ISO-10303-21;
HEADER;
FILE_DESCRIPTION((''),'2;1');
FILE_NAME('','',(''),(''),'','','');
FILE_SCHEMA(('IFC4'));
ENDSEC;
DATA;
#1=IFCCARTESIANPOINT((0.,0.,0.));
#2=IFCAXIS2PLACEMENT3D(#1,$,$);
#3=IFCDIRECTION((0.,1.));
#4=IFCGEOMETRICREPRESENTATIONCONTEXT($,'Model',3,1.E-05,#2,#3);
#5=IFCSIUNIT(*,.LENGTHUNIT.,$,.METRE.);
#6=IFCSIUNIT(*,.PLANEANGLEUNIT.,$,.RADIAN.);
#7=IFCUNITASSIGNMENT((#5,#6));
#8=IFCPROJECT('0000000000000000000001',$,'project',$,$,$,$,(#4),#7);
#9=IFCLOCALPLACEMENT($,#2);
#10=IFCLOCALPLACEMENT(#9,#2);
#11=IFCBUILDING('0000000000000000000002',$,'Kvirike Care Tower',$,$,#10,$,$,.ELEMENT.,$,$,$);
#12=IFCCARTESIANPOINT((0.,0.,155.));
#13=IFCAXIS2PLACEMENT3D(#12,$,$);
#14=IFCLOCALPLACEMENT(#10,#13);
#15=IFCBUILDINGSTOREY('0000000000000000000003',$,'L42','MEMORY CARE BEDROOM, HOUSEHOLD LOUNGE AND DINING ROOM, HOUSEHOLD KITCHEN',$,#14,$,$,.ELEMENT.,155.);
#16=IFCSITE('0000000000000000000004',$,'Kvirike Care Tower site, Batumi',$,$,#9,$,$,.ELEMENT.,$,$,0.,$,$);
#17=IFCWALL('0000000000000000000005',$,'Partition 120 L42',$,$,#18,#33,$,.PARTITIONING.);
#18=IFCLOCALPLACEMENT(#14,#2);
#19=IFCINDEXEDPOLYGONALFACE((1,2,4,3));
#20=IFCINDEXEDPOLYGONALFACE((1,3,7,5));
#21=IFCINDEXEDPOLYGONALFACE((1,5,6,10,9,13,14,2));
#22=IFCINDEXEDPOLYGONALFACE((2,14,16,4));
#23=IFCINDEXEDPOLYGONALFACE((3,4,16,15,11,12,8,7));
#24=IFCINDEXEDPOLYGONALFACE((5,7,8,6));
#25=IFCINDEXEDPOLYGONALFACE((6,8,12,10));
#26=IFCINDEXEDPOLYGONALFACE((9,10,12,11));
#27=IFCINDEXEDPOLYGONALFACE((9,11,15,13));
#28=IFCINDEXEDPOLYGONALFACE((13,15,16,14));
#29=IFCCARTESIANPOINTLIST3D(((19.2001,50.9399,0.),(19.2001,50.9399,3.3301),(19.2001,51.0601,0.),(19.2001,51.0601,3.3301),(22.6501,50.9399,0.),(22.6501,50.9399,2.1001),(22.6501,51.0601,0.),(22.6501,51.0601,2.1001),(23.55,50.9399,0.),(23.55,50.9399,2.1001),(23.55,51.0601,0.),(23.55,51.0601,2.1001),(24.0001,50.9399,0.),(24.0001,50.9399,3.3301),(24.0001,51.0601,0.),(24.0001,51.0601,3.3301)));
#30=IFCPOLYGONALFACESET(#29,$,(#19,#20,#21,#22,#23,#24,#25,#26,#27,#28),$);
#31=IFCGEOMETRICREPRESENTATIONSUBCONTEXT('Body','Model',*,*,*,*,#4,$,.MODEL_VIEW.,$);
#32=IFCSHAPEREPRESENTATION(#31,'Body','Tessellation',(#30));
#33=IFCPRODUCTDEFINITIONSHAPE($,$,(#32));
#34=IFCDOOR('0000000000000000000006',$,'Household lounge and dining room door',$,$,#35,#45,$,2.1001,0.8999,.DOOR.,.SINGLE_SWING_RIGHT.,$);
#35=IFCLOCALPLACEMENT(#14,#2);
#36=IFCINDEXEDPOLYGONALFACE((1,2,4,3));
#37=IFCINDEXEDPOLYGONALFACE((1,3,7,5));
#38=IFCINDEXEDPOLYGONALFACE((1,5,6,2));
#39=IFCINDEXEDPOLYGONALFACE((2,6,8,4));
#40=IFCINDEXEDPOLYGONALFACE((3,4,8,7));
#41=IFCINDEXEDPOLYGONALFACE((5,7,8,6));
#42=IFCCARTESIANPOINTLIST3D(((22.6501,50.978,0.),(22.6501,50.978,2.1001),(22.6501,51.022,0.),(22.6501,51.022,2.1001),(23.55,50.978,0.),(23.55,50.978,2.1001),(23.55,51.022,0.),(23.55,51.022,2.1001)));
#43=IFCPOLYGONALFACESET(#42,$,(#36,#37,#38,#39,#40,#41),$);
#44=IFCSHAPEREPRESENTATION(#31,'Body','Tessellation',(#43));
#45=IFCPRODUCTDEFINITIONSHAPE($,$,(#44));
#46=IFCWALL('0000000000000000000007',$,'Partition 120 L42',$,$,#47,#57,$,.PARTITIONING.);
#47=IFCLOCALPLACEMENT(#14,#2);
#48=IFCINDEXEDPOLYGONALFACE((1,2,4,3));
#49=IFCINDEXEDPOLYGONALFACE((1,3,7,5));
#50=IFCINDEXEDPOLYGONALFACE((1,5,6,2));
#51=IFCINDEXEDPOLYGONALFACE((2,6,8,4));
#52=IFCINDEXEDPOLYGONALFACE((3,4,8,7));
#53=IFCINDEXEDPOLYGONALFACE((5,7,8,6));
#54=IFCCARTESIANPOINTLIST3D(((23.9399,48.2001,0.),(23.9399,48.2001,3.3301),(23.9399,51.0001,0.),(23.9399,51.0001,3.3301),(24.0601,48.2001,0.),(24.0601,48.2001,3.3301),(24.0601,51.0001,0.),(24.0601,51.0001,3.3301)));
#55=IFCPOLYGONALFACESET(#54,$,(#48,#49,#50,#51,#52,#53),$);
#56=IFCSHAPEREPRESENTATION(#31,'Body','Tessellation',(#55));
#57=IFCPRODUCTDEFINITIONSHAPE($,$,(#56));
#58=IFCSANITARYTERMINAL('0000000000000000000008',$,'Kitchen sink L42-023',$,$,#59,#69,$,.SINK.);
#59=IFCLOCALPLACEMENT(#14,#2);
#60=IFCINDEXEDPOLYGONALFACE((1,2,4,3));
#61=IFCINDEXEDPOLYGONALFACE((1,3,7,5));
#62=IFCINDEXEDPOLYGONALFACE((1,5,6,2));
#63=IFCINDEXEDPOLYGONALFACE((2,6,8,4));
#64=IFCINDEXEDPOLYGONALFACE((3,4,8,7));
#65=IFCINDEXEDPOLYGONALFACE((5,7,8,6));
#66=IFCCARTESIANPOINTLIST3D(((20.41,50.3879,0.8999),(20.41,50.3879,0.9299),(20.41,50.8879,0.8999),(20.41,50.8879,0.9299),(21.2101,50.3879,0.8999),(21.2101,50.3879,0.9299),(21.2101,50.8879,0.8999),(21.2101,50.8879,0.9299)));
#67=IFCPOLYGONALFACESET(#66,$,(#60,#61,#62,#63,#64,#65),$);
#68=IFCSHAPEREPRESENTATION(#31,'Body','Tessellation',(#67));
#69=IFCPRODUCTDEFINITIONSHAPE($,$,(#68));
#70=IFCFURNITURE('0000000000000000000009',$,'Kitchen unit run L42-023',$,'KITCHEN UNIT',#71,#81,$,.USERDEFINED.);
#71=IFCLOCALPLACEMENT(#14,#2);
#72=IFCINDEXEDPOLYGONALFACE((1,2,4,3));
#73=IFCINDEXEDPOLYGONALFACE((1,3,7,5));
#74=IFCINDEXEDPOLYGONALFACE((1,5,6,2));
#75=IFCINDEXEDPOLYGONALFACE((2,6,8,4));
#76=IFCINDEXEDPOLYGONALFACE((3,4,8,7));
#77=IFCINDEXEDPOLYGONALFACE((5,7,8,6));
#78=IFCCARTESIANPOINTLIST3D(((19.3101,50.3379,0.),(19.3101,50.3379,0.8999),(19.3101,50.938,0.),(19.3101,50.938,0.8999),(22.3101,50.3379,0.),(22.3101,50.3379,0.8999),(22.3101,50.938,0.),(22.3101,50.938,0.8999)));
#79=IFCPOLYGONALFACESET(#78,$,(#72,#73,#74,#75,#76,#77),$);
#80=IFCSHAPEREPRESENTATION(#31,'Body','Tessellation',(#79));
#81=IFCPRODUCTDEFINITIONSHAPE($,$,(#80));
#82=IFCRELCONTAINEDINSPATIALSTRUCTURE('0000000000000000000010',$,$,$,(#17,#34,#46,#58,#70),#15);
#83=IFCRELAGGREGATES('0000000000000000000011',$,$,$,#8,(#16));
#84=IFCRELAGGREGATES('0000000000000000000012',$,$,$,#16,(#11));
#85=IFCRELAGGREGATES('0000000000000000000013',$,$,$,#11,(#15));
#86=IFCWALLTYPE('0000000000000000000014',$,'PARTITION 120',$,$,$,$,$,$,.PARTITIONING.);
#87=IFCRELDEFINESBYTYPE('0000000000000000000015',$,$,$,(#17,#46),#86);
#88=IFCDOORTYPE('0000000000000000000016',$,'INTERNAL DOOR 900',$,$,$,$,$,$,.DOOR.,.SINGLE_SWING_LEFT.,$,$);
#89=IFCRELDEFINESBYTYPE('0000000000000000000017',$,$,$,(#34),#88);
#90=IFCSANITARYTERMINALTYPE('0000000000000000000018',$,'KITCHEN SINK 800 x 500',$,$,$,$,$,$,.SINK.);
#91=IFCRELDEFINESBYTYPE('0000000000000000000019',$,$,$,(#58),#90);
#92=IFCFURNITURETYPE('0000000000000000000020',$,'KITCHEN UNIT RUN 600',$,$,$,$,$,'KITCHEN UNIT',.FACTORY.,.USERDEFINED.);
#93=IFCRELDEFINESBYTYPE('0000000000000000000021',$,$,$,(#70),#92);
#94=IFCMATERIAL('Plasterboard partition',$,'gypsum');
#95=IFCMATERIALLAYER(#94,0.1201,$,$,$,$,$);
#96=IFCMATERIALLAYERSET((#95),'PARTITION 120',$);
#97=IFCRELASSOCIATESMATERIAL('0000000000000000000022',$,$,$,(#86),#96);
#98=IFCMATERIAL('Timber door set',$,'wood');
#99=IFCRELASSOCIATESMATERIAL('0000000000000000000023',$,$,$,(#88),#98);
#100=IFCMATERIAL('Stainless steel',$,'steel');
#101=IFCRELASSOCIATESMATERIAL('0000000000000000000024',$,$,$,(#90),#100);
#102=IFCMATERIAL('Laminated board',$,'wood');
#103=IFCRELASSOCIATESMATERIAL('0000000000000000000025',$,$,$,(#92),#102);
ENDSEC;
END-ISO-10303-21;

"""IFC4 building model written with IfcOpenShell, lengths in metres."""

from ifc_helpers import new_model, si_unit, direction, frame, frame_2d, origin, origin_2d, place, context, subcontext, project, spatial, rectangle, extrude, material, layer, layer_set, type_object, element, fill, save


model = new_model("IFC4")

# Units and contexts
model_context = context("Model", 3, precision=1e-05, world=origin(), true_north=direction((0.0, 1.0)))
body_context = subcontext(model_context, "Body", "Model", "MODEL_VIEW")
ifc_project = project(units=[si_unit("LENGTHUNIT", "METRE"), si_unit("PLANEANGLEUNIT", "RADIAN")], contexts=[model_context])

# Site, building, storey
site_placement = place(None, origin())
site = spatial("IfcSite", under=ifc_project, at=site_placement, Name="Kvirike Care Tower site, Batumi", CompositionType="ELEMENT", RefElevation=0.0)
building_placement = place(site_placement, origin())
building = spatial("IfcBuilding", under=site, at=building_placement, Name="Kvirike Care Tower", CompositionType="ELEMENT")
storey_placement = place(building_placement, frame((0.0, 0.0, 155.0)))
storey = spatial("IfcBuildingStorey", under=building, at=storey_placement, Name="L42", Description="MEMORY CARE BEDROOM, HOUSEHOLD LOUNGE AND DINING ROOM, HOUSEHOLD KITCHEN", CompositionType="ELEMENT", Elevation=155.0)

# Wall, opening, door
ifc_material_1 = material(Name="Plasterboard partition", Category="gypsum")
ifc_layer_1 = layer(ifc_material_1, 0.1201)
ifc_layer_set_1 = layer_set([ifc_layer_1], Name="PARTITION 120")
wall_type = type_object("IfcWallType", Name="PARTITION 120", PredefinedType="PARTITIONING", material=ifc_layer_set_1)
wall_1_placement = place(storey_placement, frame((24.0, 51.0, 0.0), z_axis=(0.0, 0.0, 1.0), x_axis=(-1.0, 0.0, 0.0)))
wall_1 = element("IfcWall", 1, at=wall_1_placement, inside=storey, type_object=wall_type, Name="Partition 120 L42", PredefinedType="PARTITIONING", context=body_context, shape_type="SweptSolid", body=[
    extrude(rectangle(XDim=4.8, YDim=0.1201, at=frame_2d((2.3999, 0.0))), origin(), (0.0, 0.0, 1.0), 3.3301),
])
opening_placement = place(wall_1_placement, frame((0.45, 0.0, 0.0)))
opening = element("IfcOpeningElement", 2, at=opening_placement, cuts=wall_1, PredefinedType="OPENING", context=body_context, shape_type="SweptSolid", body=[
    extrude(rectangle(XDim=0.8999, YDim=2.1001, at=frame_2d((0.45, 1.05))), frame((0.0, 0.0706, 0.0), z_axis=(0.0, -1.0, 0.0), x_axis=(1.0, 0.0, 0.0)), (0.0, 0.0, 1.0), 0.1411),
])
ifc_material_2 = material(Name="Timber door set", Category="wood")
door_type = type_object("IfcDoorType", Name="INTERNAL DOOR 900", OperationType="SINGLE_SWING_LEFT", PredefinedType="DOOR", material=ifc_material_2)
door_placement = place(opening_placement, origin())
door = element("IfcDoor", 3, at=door_placement, inside=storey, type_object=door_type, Name="Household lounge and dining room door", OperationType="SINGLE_SWING_RIGHT", OverallHeight=2.1001, OverallWidth=0.8999, PredefinedType="DOOR", context=body_context, shape_type="SweptSolid", body=[
    extrude(rectangle(XDim=0.8999, YDim=2.1001, at=frame_2d((0.45, 1.05))), frame((0.0, 0.022, 0.0), z_axis=(0.0, -1.0, 0.0), x_axis=(1.0, 0.0, 0.0)), (0.0, 0.0, 1.0), 0.0439),
])
fill(opening, door)

# Wall
wall_2_placement = place(storey_placement, frame((24.0, 51.0, 0.0), z_axis=(0.0, 0.0, 1.0), x_axis=(0.0, -1.0, 0.0)))
element("IfcWall", 4, at=wall_2_placement, inside=storey, type_object=wall_type, Name="Partition 120 L42", PredefinedType="PARTITIONING", context=body_context, shape_type="SweptSolid", body=[
    extrude(rectangle(XDim=2.8, YDim=0.1201, at=frame_2d((1.3999, 0.0))), origin(), (0.0, 0.0, 1.0), 3.3301),
])

# Sanitary terminal
ifc_material_3 = material(Name="Stainless steel", Category="steel")
sanitary_terminal_type = type_object("IfcSanitaryTerminalType", Name="KITCHEN SINK 800 x 500", PredefinedType="SINK", material=ifc_material_3)
sanitary_terminal_placement = place(storey_placement, frame((20.8101, 50.6379, 0.8999), z_axis=(0.0, 0.0, 1.0), x_axis=(1.0, 0.0, 0.0)))
element("IfcSanitaryTerminal", 5, at=sanitary_terminal_placement, inside=storey, type_object=sanitary_terminal_type, Name="Kitchen sink L42-023", PredefinedType="SINK", context=body_context, shape_type="SweptSolid", body=[
    extrude(rectangle(XDim=0.8, YDim=0.5, at=origin_2d()), origin(), (0.0, 0.0, 1.0), 0.03),
])

# Furniture
ifc_material_4 = material(Name="Laminated board", Category="wood")
furniture_type = type_object("IfcFurnitureType", Name="KITCHEN UNIT RUN 600", ElementType="KITCHEN UNIT", AssemblyPlace="FACTORY", PredefinedType="USERDEFINED", material=ifc_material_4)
furniture_placement = place(storey_placement, frame((20.8101, 50.6379, 0.0), z_axis=(0.0, 0.0, 1.0), x_axis=(1.0, 0.0, 0.0)))
element("IfcFurniture", 6, at=furniture_placement, inside=storey, type_object=furniture_type, Name="Kitchen unit run L42-023", ObjectType="KITCHEN UNIT", PredefinedType="USERDEFINED", context=body_context, shape_type="SweptSolid", body=[
    extrude(rectangle(XDim=3.0, YDim=0.6001, at=origin_2d()), origin(), (0.0, 0.0, 1.0), 0.8999),
])

save(model, "model.ifc")
